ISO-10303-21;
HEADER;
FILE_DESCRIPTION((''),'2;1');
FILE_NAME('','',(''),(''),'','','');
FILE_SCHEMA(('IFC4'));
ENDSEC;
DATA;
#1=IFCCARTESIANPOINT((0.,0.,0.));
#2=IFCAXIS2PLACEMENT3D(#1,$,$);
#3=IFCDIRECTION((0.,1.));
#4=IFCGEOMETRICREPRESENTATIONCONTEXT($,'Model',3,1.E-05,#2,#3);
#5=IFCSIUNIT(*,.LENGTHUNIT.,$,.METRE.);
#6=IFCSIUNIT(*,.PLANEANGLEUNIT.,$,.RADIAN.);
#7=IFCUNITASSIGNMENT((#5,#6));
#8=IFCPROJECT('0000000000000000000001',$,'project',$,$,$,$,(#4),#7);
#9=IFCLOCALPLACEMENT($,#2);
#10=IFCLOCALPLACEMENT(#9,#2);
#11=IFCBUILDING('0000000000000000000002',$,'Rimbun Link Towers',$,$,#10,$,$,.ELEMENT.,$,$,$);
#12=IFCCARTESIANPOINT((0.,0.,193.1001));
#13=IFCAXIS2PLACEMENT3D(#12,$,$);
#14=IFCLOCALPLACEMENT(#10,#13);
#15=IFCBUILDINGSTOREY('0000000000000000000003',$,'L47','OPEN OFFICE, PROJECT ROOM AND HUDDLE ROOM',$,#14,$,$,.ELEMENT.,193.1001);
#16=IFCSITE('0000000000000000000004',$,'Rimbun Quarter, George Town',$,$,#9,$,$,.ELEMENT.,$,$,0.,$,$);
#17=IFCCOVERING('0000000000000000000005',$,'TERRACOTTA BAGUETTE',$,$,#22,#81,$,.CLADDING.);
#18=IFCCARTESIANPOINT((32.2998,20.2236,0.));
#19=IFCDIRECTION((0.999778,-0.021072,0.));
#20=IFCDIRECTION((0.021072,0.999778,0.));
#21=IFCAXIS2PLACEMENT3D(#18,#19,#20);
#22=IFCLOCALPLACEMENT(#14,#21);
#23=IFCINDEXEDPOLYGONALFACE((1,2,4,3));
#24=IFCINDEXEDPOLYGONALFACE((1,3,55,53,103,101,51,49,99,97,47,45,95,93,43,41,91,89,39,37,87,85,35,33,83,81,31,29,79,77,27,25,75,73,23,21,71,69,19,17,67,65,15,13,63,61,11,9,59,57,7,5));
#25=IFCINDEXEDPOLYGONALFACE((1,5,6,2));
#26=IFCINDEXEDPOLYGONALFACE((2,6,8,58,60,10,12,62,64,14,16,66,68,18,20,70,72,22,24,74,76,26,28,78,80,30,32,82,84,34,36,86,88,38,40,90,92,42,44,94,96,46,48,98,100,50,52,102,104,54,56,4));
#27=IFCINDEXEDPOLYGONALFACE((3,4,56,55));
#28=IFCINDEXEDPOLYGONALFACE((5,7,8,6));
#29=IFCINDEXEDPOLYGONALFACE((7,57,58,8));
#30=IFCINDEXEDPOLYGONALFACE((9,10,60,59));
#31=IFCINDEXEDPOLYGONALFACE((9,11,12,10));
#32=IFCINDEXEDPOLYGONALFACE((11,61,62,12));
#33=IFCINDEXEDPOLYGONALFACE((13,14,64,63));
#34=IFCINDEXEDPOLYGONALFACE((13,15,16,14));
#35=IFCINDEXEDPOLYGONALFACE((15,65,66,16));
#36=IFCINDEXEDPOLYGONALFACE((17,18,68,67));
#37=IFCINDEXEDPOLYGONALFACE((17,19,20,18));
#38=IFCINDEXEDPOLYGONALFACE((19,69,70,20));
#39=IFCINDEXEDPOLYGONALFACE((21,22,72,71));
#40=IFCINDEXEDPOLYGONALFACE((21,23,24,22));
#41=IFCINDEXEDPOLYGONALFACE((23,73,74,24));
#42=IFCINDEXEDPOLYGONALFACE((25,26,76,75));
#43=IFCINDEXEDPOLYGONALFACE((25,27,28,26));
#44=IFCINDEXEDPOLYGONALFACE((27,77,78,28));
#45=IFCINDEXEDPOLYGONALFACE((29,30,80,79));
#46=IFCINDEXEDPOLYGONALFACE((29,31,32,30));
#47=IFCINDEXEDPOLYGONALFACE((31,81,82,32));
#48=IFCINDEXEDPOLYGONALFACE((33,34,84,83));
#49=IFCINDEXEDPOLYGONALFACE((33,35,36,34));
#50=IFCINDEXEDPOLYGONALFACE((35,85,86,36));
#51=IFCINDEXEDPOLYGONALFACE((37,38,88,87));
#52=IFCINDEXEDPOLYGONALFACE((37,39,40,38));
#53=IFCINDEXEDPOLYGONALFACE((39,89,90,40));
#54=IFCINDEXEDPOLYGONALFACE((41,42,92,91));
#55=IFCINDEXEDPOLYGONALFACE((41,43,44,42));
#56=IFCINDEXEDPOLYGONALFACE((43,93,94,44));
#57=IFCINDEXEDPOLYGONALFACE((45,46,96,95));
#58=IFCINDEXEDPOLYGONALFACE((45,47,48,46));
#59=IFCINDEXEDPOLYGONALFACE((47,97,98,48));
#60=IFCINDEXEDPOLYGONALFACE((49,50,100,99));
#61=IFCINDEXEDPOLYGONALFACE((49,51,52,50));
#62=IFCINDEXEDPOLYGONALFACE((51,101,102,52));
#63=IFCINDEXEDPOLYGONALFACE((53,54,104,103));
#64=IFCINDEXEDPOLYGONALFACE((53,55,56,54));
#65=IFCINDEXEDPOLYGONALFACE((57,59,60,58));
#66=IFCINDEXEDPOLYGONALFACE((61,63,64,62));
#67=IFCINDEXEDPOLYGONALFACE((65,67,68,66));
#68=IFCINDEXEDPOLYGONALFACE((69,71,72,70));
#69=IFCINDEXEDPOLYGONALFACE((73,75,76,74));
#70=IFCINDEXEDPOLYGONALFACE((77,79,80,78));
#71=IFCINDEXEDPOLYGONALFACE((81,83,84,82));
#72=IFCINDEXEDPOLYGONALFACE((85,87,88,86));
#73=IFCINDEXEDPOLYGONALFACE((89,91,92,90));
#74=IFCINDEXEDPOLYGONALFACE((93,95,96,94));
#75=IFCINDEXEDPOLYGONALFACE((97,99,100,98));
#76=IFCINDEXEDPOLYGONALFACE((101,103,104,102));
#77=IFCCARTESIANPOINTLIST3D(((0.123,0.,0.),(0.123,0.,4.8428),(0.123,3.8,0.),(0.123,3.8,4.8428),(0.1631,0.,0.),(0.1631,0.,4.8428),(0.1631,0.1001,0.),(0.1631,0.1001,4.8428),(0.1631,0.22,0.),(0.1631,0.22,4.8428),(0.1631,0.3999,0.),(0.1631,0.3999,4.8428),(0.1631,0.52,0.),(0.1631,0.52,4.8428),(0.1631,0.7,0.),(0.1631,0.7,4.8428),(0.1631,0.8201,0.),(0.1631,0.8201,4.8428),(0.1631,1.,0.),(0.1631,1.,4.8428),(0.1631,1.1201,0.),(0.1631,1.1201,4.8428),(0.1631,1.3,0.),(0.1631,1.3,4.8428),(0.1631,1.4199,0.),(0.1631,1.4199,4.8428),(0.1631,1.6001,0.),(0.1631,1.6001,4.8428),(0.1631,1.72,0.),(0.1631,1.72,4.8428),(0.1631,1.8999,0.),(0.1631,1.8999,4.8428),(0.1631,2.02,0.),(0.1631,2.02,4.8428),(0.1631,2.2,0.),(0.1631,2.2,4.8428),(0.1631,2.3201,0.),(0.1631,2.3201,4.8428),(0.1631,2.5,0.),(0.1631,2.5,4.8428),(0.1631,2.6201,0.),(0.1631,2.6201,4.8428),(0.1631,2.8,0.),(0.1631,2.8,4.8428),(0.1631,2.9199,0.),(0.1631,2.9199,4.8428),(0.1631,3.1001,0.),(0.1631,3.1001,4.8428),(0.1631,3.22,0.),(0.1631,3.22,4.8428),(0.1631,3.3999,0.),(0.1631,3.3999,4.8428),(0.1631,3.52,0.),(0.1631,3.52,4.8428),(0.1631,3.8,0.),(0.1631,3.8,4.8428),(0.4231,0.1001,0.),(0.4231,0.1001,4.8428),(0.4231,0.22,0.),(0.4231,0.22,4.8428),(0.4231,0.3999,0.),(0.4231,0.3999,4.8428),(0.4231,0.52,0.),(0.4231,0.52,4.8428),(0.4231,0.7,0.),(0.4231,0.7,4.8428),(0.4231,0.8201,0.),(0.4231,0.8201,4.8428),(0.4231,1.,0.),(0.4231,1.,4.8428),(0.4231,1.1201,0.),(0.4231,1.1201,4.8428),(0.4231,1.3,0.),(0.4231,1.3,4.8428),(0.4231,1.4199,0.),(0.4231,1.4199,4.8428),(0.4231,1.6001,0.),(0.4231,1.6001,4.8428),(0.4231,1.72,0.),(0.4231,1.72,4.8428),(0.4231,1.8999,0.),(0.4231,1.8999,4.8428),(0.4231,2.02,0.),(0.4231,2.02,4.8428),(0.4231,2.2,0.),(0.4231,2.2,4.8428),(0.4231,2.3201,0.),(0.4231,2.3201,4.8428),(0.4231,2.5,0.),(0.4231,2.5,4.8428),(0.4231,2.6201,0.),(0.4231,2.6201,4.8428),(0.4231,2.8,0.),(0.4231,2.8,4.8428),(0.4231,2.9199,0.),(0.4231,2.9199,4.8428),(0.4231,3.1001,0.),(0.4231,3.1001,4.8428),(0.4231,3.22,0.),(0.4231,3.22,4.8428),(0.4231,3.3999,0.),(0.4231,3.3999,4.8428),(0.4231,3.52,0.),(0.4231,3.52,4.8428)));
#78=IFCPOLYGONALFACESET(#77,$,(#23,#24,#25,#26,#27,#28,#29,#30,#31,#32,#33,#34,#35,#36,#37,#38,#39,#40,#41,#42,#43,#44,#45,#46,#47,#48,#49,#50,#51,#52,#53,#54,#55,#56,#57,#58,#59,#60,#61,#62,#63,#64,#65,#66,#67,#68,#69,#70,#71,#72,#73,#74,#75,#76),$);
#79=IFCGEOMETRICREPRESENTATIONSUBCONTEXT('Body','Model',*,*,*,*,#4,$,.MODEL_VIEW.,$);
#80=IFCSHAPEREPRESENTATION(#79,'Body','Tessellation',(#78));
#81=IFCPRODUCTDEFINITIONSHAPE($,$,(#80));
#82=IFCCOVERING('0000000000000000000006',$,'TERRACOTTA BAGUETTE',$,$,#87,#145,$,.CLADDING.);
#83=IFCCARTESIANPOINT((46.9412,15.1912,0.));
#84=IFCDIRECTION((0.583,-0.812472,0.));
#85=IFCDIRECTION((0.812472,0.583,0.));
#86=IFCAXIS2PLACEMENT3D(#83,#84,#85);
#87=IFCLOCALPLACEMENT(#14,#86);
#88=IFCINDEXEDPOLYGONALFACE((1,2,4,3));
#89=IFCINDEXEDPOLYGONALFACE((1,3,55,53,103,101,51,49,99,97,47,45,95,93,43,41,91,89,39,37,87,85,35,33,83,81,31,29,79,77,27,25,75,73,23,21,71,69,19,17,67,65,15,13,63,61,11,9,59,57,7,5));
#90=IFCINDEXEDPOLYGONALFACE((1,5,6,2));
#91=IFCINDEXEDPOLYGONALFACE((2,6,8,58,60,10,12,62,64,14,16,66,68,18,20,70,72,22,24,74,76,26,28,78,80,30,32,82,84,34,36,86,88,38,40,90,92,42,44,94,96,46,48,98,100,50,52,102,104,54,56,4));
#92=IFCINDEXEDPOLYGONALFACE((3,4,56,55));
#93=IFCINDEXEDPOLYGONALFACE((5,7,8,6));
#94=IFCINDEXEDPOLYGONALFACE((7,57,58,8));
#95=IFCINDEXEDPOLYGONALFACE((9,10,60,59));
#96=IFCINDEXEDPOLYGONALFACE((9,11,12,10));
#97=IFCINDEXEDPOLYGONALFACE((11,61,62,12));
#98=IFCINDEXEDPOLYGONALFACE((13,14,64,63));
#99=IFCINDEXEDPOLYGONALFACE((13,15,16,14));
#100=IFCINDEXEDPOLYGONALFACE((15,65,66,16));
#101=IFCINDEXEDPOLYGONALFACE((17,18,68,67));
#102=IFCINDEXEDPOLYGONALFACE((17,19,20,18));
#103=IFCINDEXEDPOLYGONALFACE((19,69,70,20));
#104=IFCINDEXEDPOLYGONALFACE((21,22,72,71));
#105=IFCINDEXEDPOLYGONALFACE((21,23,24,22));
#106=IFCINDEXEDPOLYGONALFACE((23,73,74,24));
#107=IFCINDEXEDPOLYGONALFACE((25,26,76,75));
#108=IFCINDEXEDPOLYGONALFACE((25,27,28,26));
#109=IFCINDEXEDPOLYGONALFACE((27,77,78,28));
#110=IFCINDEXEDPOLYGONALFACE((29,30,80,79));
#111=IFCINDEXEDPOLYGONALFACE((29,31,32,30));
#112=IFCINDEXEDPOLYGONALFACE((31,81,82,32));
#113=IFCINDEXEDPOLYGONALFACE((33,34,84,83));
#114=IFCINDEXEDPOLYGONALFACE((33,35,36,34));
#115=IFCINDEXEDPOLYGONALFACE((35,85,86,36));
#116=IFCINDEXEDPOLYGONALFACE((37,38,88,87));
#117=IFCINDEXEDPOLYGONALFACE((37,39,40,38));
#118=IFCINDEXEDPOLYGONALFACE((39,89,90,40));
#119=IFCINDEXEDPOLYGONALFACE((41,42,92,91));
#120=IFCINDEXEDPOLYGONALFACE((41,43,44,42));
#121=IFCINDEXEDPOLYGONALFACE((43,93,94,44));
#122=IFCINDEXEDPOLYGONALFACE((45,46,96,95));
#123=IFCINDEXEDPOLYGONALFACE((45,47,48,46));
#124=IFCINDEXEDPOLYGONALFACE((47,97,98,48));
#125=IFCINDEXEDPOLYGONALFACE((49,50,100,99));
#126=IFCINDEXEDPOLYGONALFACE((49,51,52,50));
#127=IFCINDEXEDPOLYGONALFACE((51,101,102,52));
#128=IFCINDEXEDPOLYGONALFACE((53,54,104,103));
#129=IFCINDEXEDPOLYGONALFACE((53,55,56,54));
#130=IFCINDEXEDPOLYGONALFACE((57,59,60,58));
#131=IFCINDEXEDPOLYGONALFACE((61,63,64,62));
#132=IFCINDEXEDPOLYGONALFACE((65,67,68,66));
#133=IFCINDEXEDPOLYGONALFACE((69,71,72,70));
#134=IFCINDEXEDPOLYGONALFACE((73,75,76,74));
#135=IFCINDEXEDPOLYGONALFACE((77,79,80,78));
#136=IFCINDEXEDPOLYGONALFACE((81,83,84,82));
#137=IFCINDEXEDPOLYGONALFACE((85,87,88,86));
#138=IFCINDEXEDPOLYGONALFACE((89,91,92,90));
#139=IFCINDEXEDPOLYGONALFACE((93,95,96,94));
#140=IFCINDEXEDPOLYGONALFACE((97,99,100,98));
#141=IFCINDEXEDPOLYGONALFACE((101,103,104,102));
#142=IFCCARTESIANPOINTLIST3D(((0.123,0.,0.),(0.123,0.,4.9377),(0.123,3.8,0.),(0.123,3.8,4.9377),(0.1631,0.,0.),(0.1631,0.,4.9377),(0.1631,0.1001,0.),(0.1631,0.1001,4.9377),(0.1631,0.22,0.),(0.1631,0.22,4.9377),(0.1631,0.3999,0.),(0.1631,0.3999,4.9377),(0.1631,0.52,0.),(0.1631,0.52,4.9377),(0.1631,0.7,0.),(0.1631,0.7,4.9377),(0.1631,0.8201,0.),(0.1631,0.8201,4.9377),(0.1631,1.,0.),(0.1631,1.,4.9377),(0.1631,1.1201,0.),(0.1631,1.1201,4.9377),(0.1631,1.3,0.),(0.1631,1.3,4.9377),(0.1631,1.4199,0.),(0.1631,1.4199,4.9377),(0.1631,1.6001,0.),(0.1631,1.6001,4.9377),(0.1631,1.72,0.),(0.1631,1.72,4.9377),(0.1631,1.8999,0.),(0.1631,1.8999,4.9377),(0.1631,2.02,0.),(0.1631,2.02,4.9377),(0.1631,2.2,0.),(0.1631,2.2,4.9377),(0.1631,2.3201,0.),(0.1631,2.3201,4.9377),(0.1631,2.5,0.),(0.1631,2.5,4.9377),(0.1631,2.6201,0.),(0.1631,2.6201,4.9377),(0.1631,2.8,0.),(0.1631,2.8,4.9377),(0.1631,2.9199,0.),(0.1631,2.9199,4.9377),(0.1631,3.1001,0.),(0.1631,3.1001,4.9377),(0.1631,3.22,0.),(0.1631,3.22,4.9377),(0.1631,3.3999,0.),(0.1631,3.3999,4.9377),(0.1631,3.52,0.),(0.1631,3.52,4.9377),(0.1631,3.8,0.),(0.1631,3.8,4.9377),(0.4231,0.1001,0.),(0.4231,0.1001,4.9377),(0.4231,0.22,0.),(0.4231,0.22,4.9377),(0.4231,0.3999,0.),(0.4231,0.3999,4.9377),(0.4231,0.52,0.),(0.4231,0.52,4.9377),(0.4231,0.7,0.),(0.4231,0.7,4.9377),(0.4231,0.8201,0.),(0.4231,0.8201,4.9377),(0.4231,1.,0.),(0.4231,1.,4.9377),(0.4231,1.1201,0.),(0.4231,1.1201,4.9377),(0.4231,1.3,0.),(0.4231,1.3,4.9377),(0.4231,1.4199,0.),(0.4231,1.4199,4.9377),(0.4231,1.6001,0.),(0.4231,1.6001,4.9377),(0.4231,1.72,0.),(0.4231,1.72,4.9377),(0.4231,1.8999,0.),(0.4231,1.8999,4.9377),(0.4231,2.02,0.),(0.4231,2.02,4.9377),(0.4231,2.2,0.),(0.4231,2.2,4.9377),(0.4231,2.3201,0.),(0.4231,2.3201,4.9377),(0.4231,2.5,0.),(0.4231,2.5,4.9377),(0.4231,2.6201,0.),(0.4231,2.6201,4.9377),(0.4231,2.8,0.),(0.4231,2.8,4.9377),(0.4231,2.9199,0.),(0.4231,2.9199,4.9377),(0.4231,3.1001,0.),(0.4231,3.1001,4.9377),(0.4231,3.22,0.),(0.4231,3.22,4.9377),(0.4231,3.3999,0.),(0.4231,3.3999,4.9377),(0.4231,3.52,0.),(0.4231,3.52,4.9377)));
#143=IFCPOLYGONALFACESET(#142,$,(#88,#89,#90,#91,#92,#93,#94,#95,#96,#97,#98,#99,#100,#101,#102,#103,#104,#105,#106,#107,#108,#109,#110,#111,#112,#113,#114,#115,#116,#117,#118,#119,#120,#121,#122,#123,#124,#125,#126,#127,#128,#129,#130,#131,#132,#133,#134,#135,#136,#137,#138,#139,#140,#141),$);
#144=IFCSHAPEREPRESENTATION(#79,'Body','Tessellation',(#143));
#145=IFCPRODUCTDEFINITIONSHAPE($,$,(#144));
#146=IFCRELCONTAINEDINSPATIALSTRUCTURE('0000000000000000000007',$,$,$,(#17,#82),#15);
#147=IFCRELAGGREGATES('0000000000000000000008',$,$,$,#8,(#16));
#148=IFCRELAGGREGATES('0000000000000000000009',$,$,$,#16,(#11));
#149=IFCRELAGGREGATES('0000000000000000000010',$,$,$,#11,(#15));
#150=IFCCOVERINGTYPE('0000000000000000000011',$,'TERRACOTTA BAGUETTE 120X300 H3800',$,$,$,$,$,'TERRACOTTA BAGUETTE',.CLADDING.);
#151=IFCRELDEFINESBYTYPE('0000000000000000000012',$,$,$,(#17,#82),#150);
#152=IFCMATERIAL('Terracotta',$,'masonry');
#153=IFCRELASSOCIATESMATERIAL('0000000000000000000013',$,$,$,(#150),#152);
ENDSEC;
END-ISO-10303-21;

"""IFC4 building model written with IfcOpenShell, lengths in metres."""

from ifc_helpers import new_model, si_unit, direction, frame, origin, place, context, subcontext, project, spatial, polyline, outline, extrude, material, material_profile, profile_set, type_object, element, save


model = new_model("IFC4")

# Units and contexts
model_context = context("Model", 3, precision=1e-05, world=origin(), true_north=direction((0.0, 1.0)))
body_context = subcontext(model_context, "Body", "Model", "MODEL_VIEW")
ifc_project = project(units=[si_unit("LENGTHUNIT", "METRE"), si_unit("PLANEANGLEUNIT", "RADIAN")], contexts=[model_context])

# Site, building, storey
site_placement = place(None, origin())
site = spatial("IfcSite", under=ifc_project, at=site_placement, Name="Rimbun Quarter, George Town", CompositionType="ELEMENT", RefElevation=0.0)
building_placement = place(site_placement, origin())
building = spatial("IfcBuilding", under=site, at=building_placement, Name="Rimbun Link Towers", CompositionType="ELEMENT")
storey_placement = place(building_placement, frame((0.0, 0.0, 193.1001)))
storey = spatial("IfcBuildingStorey", under=building, at=storey_placement, Name="L47", Description="OPEN OFFICE, PROJECT ROOM AND HUDDLE ROOM", CompositionType="ELEMENT", Elevation=193.1001)

# Coverings
ifc_material_1 = material(Name="Terracotta", Category="masonry")
ifc_material_profile_1 = material_profile(ifc_material_1, outline(polyline([(0.123, 0.0), (0.1631, 0.0), (0.1631, 0.1001), (0.4231, 0.1001), (0.4231, 0.22), (0.1631, 0.22), (0.1631, 0.3999), (0.4231, 0.3999), (0.4231, 0.52), (0.1631, 0.52), (0.1631, 0.7), (0.4231, 0.7), (0.4231, 0.8201), (0.1631, 0.8201), (0.1631, 1.0), (0.4231, 1.0), (0.4231, 1.1201), (0.1631, 1.1201), (0.1631, 1.3), (0.4231, 1.3), (0.4231, 1.4199), (0.1631, 1.4199), (0.1631, 1.6001), (0.4231, 1.6001), (0.4231, 1.72), (0.1631, 1.72), (0.1631, 1.8999), (0.4231, 1.8999), (0.4231, 2.02), (0.1631, 2.02), (0.1631, 2.2), (0.4231, 2.2), (0.4231, 2.3201), (0.1631, 2.3201), (0.1631, 2.5), (0.4231, 2.5), (0.4231, 2.6201), (0.1631, 2.6201), (0.1631, 2.8), (0.4231, 2.8), (0.4231, 2.9199), (0.1631, 2.9199), (0.1631, 3.1001), (0.4231, 3.1001), (0.4231, 3.22), (0.1631, 3.22), (0.1631, 3.3999), (0.4231, 3.3999), (0.4231, 3.52), (0.1631, 3.52), (0.1631, 3.8), (0.123, 3.8), (0.123, 0.0)])), Name="BAGUETTE 120X300")
ifc_profile_set_1 = profile_set([ifc_material_profile_1], Name="Terracotta")
covering_type = type_object("IfcCoveringType", Name="TERRACOTTA BAGUETTE 120X300 H3800", ElementType="TERRACOTTA BAGUETTE", PredefinedType="CLADDING", material=ifc_profile_set_1)
covering_1_placement = place(storey_placement, frame((32.2998, 20.2236, 0.0), z_axis=(0.999778, -0.021072, 0.0), x_axis=(0.021072, 0.999778, 0.0)))
element("IfcCovering", 1, at=covering_1_placement, inside=storey, type_object=covering_type, Name="TERRACOTTA BAGUETTE", PredefinedType="CLADDING", context=body_context, shape_type="SweptSolid", body=[
    extrude(outline(polyline([(0.123, 0.0), (0.1631, 0.0), (0.1631, 0.1001), (0.4231, 0.1001), (0.4231, 0.22), (0.1631, 0.22), (0.1631, 0.3999), (0.4231, 0.3999), (0.4231, 0.52), (0.1631, 0.52), (0.1631, 0.7), (0.4231, 0.7), (0.4231, 0.8201), (0.1631, 0.8201), (0.1631, 1.0), (0.4231, 1.0), (0.4231, 1.1201), (0.1631, 1.1201), (0.1631, 1.3), (0.4231, 1.3), (0.4231, 1.4199), (0.1631, 1.4199), (0.1631, 1.6001), (0.4231, 1.6001), (0.4231, 1.72), (0.1631, 1.72), (0.1631, 1.8999), (0.4231, 1.8999), (0.4231, 2.02), (0.1631, 2.02), (0.1631, 2.2), (0.4231, 2.2), (0.4231, 2.3201), (0.1631, 2.3201), (0.1631, 2.5), (0.4231, 2.5), (0.4231, 2.6201), (0.1631, 2.6201), (0.1631, 2.8), (0.4231, 2.8), (0.4231, 2.9199), (0.1631, 2.9199), (0.1631, 3.1001), (0.4231, 3.1001), (0.4231, 3.22), (0.1631, 3.22), (0.1631, 3.3999), (0.4231, 3.3999), (0.4231, 3.52), (0.1631, 3.52), (0.1631, 3.8), (0.123, 3.8), (0.123, 0.0)])), origin(), (0.0, 0.0, 1.0), 4.8428),
])
covering_2_placement = place(storey_placement, frame((46.9412, 15.1912, 0.0), z_axis=(0.583, -0.812472, 0.0), x_axis=(0.812472, 0.583, 0.0)))
element("IfcCovering", 2, at=covering_2_placement, inside=storey, type_object=covering_type, Name="TERRACOTTA BAGUETTE", PredefinedType="CLADDING", context=body_context, shape_type="SweptSolid", body=[
    extrude(outline(polyline([(0.123, 0.0), (0.1631, 0.0), (0.1631, 0.1001), (0.4231, 0.1001), (0.4231, 0.22), (0.1631, 0.22), (0.1631, 0.3999), (0.4231, 0.3999), (0.4231, 0.52), (0.1631, 0.52), (0.1631, 0.7), (0.4231, 0.7), (0.4231, 0.8201), (0.1631, 0.8201), (0.1631, 1.0), (0.4231, 1.0), (0.4231, 1.1201), (0.1631, 1.1201), (0.1631, 1.3), (0.4231, 1.3), (0.4231, 1.4199), (0.1631, 1.4199), (0.1631, 1.6001), (0.4231, 1.6001), (0.4231, 1.72), (0.1631, 1.72), (0.1631, 1.8999), (0.4231, 1.8999), (0.4231, 2.02), (0.1631, 2.02), (0.1631, 2.2), (0.4231, 2.2), (0.4231, 2.3201), (0.1631, 2.3201), (0.1631, 2.5), (0.4231, 2.5), (0.4231, 2.6201), (0.1631, 2.6201), (0.1631, 2.8), (0.4231, 2.8), (0.4231, 2.9199), (0.1631, 2.9199), (0.1631, 3.1001), (0.4231, 3.1001), (0.4231, 3.22), (0.1631, 3.22), (0.1631, 3.3999), (0.4231, 3.3999), (0.4231, 3.52), (0.1631, 3.52), (0.1631, 3.8), (0.123, 3.8), (0.123, 0.0)])), origin(), (0.0, 0.0, 1.0), 4.9377),
])

save(model, "model.ifc")
